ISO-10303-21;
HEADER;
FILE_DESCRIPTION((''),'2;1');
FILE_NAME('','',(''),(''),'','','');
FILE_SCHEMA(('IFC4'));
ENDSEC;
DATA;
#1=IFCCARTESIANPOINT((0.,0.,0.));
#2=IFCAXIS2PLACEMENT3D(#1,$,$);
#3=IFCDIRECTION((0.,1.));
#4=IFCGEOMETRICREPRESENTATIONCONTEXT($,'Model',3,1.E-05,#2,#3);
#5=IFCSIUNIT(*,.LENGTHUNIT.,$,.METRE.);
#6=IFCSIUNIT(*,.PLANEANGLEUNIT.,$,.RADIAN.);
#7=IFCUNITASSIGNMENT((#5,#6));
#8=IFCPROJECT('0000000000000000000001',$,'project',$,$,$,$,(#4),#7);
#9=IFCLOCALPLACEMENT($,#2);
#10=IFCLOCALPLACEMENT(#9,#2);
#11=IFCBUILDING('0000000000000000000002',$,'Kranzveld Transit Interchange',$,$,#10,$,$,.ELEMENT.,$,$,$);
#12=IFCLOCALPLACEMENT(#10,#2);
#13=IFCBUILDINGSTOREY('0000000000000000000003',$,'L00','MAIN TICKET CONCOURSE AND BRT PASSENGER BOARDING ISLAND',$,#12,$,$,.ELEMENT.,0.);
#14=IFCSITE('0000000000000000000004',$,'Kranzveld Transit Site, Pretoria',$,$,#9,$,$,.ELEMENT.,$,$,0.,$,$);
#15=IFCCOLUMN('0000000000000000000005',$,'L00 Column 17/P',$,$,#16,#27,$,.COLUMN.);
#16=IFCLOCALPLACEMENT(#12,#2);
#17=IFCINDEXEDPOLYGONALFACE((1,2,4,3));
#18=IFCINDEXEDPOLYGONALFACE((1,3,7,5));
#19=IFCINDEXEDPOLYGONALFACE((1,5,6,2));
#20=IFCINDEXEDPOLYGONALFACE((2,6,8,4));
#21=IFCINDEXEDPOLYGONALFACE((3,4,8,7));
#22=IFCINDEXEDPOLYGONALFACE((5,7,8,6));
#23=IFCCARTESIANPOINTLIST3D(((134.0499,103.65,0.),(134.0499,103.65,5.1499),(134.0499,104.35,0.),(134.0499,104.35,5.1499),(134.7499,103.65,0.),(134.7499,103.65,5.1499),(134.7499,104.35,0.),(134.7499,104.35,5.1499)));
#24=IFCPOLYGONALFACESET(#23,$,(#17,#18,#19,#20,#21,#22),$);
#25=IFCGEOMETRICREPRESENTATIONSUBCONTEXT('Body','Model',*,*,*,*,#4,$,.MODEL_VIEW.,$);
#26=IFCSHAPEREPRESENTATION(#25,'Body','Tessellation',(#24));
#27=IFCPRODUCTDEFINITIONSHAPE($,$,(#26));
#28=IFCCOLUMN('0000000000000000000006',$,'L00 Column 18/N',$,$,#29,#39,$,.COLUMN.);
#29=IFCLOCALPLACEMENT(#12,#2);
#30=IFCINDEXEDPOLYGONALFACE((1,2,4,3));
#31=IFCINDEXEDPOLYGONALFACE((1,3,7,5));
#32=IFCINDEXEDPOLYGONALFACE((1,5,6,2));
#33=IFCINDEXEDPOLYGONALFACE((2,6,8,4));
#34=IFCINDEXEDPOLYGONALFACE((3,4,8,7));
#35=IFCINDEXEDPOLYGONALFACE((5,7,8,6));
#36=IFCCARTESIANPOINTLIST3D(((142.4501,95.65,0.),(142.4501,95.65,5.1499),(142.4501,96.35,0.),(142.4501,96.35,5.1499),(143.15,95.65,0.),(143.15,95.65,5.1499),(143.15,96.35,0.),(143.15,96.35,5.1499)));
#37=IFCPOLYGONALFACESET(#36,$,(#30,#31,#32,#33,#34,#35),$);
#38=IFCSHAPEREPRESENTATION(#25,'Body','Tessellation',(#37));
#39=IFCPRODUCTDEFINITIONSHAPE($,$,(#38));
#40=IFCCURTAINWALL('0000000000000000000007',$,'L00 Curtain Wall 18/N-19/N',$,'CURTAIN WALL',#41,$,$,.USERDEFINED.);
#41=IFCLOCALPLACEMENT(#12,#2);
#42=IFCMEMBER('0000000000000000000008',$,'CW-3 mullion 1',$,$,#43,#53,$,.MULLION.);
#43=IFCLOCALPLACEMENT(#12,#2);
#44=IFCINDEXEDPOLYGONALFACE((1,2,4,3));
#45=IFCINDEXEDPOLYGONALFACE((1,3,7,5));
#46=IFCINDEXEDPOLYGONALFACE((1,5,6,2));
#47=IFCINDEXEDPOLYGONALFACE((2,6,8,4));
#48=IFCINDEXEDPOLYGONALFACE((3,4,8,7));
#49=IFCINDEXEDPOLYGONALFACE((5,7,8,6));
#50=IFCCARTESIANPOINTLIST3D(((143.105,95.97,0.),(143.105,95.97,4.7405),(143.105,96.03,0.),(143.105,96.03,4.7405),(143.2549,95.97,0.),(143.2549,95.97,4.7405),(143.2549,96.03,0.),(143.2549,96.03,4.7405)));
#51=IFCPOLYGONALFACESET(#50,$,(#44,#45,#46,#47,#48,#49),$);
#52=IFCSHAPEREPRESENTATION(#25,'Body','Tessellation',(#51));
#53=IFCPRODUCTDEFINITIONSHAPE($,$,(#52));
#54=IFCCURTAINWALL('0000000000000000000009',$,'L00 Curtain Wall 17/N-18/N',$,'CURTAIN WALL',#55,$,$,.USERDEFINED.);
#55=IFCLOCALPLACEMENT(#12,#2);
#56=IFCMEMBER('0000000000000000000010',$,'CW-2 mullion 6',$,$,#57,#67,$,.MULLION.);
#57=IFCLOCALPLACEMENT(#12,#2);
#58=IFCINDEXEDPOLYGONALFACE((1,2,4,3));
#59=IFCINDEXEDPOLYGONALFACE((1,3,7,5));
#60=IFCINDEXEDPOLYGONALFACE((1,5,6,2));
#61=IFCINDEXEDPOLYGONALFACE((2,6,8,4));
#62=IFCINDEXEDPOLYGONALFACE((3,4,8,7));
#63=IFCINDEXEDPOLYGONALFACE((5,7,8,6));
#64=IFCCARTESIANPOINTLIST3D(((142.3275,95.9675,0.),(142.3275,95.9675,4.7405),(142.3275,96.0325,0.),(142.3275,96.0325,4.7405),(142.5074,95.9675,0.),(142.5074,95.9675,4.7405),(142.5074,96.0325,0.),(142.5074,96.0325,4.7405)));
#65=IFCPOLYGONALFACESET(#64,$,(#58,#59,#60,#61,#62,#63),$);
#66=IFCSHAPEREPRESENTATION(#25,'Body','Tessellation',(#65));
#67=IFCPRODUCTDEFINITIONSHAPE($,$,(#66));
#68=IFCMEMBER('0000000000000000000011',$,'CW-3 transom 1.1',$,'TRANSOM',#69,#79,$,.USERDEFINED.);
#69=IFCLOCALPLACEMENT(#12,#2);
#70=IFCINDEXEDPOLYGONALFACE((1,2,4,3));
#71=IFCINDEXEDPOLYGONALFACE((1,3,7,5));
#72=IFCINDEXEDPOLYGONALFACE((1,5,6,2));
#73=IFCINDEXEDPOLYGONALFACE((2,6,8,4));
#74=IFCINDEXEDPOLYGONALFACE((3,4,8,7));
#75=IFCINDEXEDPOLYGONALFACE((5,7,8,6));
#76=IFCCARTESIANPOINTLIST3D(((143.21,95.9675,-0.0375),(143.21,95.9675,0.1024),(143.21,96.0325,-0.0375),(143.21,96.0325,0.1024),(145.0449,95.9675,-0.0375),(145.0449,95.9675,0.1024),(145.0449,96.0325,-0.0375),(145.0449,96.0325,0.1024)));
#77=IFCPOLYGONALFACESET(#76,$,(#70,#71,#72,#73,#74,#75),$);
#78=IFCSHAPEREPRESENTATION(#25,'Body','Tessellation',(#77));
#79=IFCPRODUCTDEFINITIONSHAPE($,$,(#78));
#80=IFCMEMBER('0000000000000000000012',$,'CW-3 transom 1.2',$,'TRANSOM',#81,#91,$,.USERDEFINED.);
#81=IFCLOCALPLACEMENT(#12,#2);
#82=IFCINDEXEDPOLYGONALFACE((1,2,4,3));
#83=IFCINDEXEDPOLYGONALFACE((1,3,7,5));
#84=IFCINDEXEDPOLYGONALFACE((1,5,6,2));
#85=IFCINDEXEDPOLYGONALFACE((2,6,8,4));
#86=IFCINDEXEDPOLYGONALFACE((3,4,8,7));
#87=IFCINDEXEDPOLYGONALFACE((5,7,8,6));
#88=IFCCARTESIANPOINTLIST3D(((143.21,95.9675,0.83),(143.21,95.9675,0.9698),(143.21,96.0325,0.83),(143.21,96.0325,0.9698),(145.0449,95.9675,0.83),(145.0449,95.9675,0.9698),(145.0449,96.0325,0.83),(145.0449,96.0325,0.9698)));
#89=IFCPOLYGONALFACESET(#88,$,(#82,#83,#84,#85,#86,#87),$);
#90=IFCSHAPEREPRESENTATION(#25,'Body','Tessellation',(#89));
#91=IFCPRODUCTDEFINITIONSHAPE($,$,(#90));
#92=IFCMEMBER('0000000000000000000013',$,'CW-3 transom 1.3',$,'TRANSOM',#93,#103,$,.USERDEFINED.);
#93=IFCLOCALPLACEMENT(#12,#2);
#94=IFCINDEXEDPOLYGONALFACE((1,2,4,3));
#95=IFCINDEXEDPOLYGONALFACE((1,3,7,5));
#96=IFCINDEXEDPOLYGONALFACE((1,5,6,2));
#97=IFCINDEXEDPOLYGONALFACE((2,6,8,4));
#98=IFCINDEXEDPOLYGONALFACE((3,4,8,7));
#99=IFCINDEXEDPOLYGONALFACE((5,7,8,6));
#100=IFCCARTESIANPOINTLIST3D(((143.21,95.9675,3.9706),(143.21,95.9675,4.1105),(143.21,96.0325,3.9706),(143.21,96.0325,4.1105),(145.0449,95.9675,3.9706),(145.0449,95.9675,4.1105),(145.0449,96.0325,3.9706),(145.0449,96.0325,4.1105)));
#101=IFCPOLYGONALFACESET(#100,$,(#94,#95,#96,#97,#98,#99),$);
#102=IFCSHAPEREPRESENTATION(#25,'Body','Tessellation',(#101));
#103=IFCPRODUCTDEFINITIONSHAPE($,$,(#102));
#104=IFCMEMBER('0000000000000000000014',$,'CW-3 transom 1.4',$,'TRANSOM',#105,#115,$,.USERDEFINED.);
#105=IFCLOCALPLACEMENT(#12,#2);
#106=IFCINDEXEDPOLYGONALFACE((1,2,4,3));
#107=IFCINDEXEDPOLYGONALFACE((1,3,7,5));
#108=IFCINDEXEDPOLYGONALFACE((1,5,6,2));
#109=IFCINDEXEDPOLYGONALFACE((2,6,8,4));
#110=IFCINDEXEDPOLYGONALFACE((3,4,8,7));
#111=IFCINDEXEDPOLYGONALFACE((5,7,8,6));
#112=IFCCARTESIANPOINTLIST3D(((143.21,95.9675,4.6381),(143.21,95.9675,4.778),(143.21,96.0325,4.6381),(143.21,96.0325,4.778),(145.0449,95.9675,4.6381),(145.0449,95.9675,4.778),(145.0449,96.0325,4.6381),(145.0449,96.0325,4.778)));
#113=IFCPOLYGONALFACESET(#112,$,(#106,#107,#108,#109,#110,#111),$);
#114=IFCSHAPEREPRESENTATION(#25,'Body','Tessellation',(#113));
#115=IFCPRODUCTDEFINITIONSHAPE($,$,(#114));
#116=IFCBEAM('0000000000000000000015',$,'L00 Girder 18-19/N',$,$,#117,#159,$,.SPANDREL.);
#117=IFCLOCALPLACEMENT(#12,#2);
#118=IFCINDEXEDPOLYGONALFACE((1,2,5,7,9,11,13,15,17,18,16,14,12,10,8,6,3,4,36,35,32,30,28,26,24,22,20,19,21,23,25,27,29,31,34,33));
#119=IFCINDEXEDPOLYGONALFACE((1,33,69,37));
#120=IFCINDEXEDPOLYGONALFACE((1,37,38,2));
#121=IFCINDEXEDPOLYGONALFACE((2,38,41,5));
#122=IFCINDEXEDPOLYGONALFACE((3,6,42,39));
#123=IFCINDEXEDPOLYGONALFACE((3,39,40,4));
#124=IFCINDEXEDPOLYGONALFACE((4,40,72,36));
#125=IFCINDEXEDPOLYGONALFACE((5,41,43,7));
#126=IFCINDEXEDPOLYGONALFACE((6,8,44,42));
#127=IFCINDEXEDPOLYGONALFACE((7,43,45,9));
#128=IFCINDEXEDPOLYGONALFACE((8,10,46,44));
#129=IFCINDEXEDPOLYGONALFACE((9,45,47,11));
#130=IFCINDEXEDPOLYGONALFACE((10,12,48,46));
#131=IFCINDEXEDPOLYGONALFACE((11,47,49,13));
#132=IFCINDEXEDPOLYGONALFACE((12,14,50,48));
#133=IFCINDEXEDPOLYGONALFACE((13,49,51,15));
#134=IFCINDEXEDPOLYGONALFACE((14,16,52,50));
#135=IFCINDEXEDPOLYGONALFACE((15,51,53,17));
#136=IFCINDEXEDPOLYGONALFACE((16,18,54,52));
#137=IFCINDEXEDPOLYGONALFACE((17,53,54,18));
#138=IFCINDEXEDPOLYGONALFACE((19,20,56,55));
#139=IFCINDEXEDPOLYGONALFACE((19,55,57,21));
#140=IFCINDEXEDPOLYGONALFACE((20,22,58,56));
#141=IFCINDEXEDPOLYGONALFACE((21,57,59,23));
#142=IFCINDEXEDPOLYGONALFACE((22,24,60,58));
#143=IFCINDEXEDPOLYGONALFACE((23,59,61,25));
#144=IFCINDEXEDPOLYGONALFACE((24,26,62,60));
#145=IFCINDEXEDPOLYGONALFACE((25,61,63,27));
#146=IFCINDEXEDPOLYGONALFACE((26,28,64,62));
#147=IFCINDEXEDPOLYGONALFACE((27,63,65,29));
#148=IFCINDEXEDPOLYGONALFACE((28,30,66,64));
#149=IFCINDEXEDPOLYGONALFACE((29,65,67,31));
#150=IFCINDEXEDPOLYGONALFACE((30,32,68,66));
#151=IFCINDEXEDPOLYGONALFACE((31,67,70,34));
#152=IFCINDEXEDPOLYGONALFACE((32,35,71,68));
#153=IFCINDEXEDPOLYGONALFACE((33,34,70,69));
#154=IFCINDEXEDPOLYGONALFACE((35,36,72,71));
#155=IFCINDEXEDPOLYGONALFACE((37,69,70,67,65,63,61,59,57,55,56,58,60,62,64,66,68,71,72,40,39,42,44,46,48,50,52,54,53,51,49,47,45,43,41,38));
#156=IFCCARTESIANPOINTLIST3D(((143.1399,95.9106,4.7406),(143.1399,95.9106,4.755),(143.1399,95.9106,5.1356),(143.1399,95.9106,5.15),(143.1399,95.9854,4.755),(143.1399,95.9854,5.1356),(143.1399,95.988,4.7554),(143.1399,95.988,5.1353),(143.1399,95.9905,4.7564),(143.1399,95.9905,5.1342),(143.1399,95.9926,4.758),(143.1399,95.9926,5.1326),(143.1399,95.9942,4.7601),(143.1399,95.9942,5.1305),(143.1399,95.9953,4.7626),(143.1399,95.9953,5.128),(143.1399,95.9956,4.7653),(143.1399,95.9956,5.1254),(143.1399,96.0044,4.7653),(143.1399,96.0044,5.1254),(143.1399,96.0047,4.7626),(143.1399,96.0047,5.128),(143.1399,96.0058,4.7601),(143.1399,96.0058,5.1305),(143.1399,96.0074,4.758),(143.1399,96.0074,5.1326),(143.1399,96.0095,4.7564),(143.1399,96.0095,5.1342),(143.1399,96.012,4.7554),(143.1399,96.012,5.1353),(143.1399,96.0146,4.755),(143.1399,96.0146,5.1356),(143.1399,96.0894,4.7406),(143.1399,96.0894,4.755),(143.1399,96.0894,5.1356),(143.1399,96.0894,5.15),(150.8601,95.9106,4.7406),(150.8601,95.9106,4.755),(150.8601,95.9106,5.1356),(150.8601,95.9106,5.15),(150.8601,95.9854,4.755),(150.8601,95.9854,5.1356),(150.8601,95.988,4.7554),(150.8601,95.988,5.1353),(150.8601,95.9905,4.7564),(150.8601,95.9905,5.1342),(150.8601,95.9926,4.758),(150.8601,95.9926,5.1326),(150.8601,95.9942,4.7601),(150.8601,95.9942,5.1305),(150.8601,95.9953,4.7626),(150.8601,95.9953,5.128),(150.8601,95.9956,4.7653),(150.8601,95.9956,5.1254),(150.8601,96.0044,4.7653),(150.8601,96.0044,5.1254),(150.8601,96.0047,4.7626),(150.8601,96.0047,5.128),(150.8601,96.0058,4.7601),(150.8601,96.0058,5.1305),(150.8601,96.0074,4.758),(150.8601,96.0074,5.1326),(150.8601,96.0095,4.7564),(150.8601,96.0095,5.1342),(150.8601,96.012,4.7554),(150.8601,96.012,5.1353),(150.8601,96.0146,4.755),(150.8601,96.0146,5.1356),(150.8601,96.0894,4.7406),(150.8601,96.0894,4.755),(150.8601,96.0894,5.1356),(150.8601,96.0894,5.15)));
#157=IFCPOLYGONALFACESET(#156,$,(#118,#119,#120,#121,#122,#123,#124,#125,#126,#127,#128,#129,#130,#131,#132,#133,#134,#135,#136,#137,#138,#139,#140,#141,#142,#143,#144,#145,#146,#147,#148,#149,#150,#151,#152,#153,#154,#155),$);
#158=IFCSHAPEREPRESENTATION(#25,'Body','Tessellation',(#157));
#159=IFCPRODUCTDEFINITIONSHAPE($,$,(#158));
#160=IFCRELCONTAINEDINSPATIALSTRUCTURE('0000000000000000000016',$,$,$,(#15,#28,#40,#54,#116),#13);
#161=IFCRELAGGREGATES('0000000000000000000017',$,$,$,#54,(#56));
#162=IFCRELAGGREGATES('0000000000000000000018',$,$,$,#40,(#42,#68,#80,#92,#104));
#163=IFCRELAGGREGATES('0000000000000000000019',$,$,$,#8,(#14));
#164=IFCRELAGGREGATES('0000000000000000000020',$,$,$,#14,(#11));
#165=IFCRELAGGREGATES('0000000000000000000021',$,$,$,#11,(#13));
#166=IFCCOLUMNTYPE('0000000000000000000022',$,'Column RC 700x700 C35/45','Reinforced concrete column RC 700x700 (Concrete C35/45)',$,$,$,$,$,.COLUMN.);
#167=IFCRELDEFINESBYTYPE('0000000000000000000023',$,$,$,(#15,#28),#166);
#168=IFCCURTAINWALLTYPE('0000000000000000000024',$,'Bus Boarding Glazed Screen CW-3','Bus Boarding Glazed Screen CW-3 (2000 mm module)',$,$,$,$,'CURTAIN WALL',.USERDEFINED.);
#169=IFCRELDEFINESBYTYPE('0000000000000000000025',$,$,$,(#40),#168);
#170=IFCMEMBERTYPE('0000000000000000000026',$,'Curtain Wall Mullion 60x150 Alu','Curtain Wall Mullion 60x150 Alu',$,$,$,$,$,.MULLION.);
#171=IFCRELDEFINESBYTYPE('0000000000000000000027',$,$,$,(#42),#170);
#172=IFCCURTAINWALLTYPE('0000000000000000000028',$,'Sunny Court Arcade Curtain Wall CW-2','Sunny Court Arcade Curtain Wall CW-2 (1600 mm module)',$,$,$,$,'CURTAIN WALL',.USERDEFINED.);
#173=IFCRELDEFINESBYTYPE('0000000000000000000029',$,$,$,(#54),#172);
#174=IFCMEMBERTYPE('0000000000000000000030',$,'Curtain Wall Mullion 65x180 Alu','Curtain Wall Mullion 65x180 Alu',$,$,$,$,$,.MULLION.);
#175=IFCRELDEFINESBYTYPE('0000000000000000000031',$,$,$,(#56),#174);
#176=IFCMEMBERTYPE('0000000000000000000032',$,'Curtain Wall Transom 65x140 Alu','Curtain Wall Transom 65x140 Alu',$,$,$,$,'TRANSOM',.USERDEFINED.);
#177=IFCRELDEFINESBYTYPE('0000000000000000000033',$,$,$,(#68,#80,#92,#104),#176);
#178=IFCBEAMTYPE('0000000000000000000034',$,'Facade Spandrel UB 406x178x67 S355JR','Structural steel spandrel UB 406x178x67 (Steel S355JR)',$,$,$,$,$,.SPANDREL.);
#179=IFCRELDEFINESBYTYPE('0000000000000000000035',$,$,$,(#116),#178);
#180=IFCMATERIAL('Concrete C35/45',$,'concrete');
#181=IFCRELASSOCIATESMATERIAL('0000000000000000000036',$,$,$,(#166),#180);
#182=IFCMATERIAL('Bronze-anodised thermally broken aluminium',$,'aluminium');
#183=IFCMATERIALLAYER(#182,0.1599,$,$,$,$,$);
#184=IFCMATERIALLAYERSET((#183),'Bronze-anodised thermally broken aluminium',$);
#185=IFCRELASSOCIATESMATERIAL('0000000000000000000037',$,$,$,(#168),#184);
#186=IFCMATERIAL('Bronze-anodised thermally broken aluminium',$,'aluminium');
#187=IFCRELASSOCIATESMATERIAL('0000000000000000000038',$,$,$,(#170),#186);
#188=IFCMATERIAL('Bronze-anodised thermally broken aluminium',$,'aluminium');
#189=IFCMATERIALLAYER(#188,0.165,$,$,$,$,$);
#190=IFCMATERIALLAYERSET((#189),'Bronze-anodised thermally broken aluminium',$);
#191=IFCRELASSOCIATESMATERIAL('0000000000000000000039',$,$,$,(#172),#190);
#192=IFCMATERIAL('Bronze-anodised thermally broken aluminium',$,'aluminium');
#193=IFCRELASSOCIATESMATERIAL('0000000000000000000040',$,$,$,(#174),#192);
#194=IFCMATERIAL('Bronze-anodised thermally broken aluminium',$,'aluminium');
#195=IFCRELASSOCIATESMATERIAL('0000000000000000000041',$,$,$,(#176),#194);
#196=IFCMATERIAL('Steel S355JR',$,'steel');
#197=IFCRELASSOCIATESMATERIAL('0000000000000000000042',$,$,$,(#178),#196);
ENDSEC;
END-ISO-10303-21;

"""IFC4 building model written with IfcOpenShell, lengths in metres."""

from ifc_helpers import new_model, si_unit, direction, frame, origin, origin_2d, place, context, subcontext, project, spatial, rectangle, i_section, extrude, material, layer, layer_set, material_profile, profile_set, type_object, element, aggregate, save


model = new_model("IFC4")

# Units and contexts
model_context = context("Model", 3, precision=1e-05, world=origin(), true_north=direction((0.0, 1.0)))
body_context = subcontext(model_context, "Body", "Model", "MODEL_VIEW")
ifc_project = project(units=[si_unit("LENGTHUNIT", "METRE"), si_unit("PLANEANGLEUNIT", "RADIAN")], contexts=[model_context])

# Site, building, storey
site_placement = place(None, origin())
site = spatial("IfcSite", under=ifc_project, at=site_placement, Name="Kranzveld Transit Site, Pretoria", CompositionType="ELEMENT", RefElevation=0.0)
building_placement = place(site_placement, origin())
building = spatial("IfcBuilding", under=site, at=building_placement, Name="Kranzveld Transit Interchange", CompositionType="ELEMENT")
storey_placement = place(building_placement, origin())
storey = spatial("IfcBuildingStorey", under=building, at=storey_placement, Name="L00", Description="MAIN TICKET CONCOURSE AND BRT PASSENGER BOARDING ISLAND", CompositionType="ELEMENT", Elevation=0.0)

# Columns
ifc_material_1 = material(Name="Concrete C35/45", Category="concrete")
ifc_material_profile_1 = material_profile(ifc_material_1, rectangle(XDim=0.7, YDim=0.7, at=origin_2d()), Name="RC 700x700")
ifc_profile_set_1 = profile_set([ifc_material_profile_1], Name="Concrete C35/45")
column_type = type_object("IfcColumnType", Name="Column RC 700x700 C35/45", Description="Reinforced concrete column RC 700x700 (Concrete C35/45)", PredefinedType="COLUMN", material=ifc_profile_set_1)
for number, where, z_axis, x_axis, name in (
    (1, (134.3999, 104.0, 0.0), (0.0, 0.0, 1.0), (1.0, 0.0, 0.0), "L00 Column 17/P"),
    (2, (142.8, 96.0, 0.0), (0.0, 0.0, 1.0), (1.0, 0.0, 0.0), "L00 Column 18/N"),
):
    element("IfcColumn", number, at=place(storey_placement, frame(where, z_axis=z_axis, x_axis=x_axis)), inside=storey, type_object=column_type, Name=name, PredefinedType="COLUMN", context=body_context, shape_type="SweptSolid", body=[
        extrude(rectangle(XDim=0.7, YDim=0.7, at=origin_2d()), origin(), (0.0, 0.0, 1.0), 5.1499),
    ])

# Curtain walls, members
ifc_material_2 = material(Name="Bronze-anodised thermally broken aluminium", Category="aluminium")
ifc_layer_1 = layer(ifc_material_2, 0.1599)
ifc_layer_set_1 = layer_set([ifc_layer_1], Name="Bronze-anodised thermally broken aluminium")
curtain_wall_type_1 = type_object("IfcCurtainWallType", Name="Bus Boarding Glazed Screen CW-3", Description="Bus Boarding Glazed Screen CW-3 (2000 mm module)", ElementType="CURTAIN WALL", PredefinedType="USERDEFINED", material=ifc_layer_set_1)
curtain_wall_1_placement = place(storey_placement, origin())
curtain_wall_1 = element("IfcCurtainWall", 3, at=curtain_wall_1_placement, inside=storey, type_object=curtain_wall_type_1, Name="L00 Curtain Wall 18/N-19/N", ObjectType="CURTAIN WALL", PredefinedType="USERDEFINED")
ifc_material_3 = material(Name="Bronze-anodised thermally broken aluminium", Category="aluminium")
ifc_material_profile_2 = material_profile(ifc_material_3, rectangle(XDim=0.0601, YDim=0.1499, at=origin_2d()), Name="ALU MULLION 60x150")
ifc_profile_set_2 = profile_set([ifc_material_profile_2], Name="Bronze-anodised thermally broken aluminium")
member_type_1 = type_object("IfcMemberType", Name="Curtain Wall Mullion 60x150 Alu", Description="Curtain Wall Mullion 60x150 Alu", PredefinedType="MULLION", material=ifc_profile_set_2)
member_1_placement = place(storey_placement, frame((143.1799, 96.0, 0.0), z_axis=(0.0, 0.0, 1.0), x_axis=(0.0, 1.0, 0.0)))
member_1 = element("IfcMember", 4, at=member_1_placement, type_object=member_type_1, Name="CW-3 mullion 1", PredefinedType="MULLION", context=body_context, shape_type="SweptSolid", body=[
    extrude(rectangle(XDim=0.0601, YDim=0.1499, at=origin_2d()), origin(), (0.0, 0.0, 1.0), 4.7405),
])
ifc_material_4 = material(Name="Bronze-anodised thermally broken aluminium", Category="aluminium")
ifc_layer_2 = layer(ifc_material_4, 0.165)
ifc_layer_set_2 = layer_set([ifc_layer_2], Name="Bronze-anodised thermally broken aluminium")
curtain_wall_type_2 = type_object("IfcCurtainWallType", Name="Sunny Court Arcade Curtain Wall CW-2", Description="Sunny Court Arcade Curtain Wall CW-2 (1600 mm module)", ElementType="CURTAIN WALL", PredefinedType="USERDEFINED", material=ifc_layer_set_2)
curtain_wall_2_placement = place(storey_placement, origin())
curtain_wall_2 = element("IfcCurtainWall", 5, at=curtain_wall_2_placement, inside=storey, type_object=curtain_wall_type_2, Name="L00 Curtain Wall 17/N-18/N", ObjectType="CURTAIN WALL", PredefinedType="USERDEFINED")
ifc_material_5 = material(Name="Bronze-anodised thermally broken aluminium", Category="aluminium")
ifc_material_profile_3 = material_profile(ifc_material_5, rectangle(XDim=0.0649, YDim=0.1799, at=origin_2d()), Name="ALU MULLION 65x180")
ifc_profile_set_3 = profile_set([ifc_material_profile_3], Name="Bronze-anodised thermally broken aluminium")
member_type_2 = type_object("IfcMemberType", Name="Curtain Wall Mullion 65x180 Alu", Description="Curtain Wall Mullion 65x180 Alu", PredefinedType="MULLION", material=ifc_profile_set_3)
member_2_placement = place(storey_placement, frame((142.4175, 96.0, 0.0), z_axis=(0.0, 0.0, 1.0), x_axis=(0.0, 1.0, 0.0)))
member_2 = element("IfcMember", 6, at=member_2_placement, type_object=member_type_2, Name="CW-2 mullion 6", PredefinedType="MULLION", context=body_context, shape_type="SweptSolid", body=[
    extrude(rectangle(XDim=0.0649, YDim=0.1799, at=origin_2d()), origin(), (0.0, 0.0, 1.0), 4.7405),
])

# Members
ifc_material_6 = material(Name="Bronze-anodised thermally broken aluminium", Category="aluminium")
ifc_material_profile_4 = material_profile(ifc_material_6, rectangle(XDim=0.0649, YDim=0.1399, at=origin_2d()), Name="ALU TRANSOM 65x140")
ifc_profile_set_4 = profile_set([ifc_material_profile_4], Name="Bronze-anodised thermally broken aluminium")
member_type_3 = type_object("IfcMemberType", Name="Curtain Wall Transom 65x140 Alu", Description="Curtain Wall Transom 65x140 Alu", ElementType="TRANSOM", PredefinedType="USERDEFINED", material=ifc_profile_set_4)
member_3_placement = place(storey_placement, frame((143.21, 96.0, 0.0325), z_axis=(1.0, 0.0, 0.0), x_axis=(0.0, 1.0, 0.0)))
member_3 = element("IfcMember", 7, at=member_3_placement, type_object=member_type_3, Name="CW-3 transom 1.1", ObjectType="TRANSOM", PredefinedType="USERDEFINED", context=body_context, shape_type="SweptSolid", body=[
    extrude(rectangle(XDim=0.0649, YDim=0.1399, at=origin_2d()), origin(), (0.0, 0.0, 1.0), 1.835),
])
member_4_placement = place(storey_placement, frame((143.21, 96.0, 0.8999), z_axis=(1.0, 0.0, 0.0), x_axis=(0.0, 1.0, 0.0)))
member_4 = element("IfcMember", 8, at=member_4_placement, type_object=member_type_3, Name="CW-3 transom 1.2", ObjectType="TRANSOM", PredefinedType="USERDEFINED", context=body_context, shape_type="SweptSolid", body=[
    extrude(rectangle(XDim=0.0649, YDim=0.1399, at=origin_2d()), origin(), (0.0, 0.0, 1.0), 1.835),
])
member_5_placement = place(storey_placement, frame((143.21, 96.0, 4.0405), z_axis=(1.0, 0.0, 0.0), x_axis=(0.0, 1.0, 0.0)))
member_5 = element("IfcMember", 9, at=member_5_placement, type_object=member_type_3, Name="CW-3 transom 1.3", ObjectType="TRANSOM", PredefinedType="USERDEFINED", context=body_context, shape_type="SweptSolid", body=[
    extrude(rectangle(XDim=0.0649, YDim=0.1399, at=origin_2d()), origin(), (0.0, 0.0, 1.0), 1.835),
])
member_6_placement = place(storey_placement, frame((143.21, 96.0, 4.708), z_axis=(1.0, 0.0, 0.0), x_axis=(0.0, 1.0, 0.0)))
member_6 = element("IfcMember", 10, at=member_6_placement, type_object=member_type_3, Name="CW-3 transom 1.4", ObjectType="TRANSOM", PredefinedType="USERDEFINED", context=body_context, shape_type="SweptSolid", body=[
    extrude(rectangle(XDim=0.0649, YDim=0.1399, at=origin_2d()), origin(), (0.0, 0.0, 1.0), 1.835),
])

# Beam
ifc_material_7 = material(Name="Steel S355JR", Category="steel")
ifc_material_profile_5 = material_profile(ifc_material_7, i_section(OverallWidth=0.1787, OverallDepth=0.4094, WebThickness=0.0088, FlangeThickness=0.0144, FilletRadius=0.0103, at=origin_2d()), Name="UB 406x178x67")
ifc_profile_set_5 = profile_set([ifc_material_profile_5], Name="Steel S355JR")
beam_type_1 = type_object("IfcBeamType", Name="Facade Spandrel UB 406x178x67 S355JR", Description="Structural steel spandrel UB 406x178x67 (Steel S355JR)", PredefinedType="SPANDREL", material=ifc_profile_set_5)
beam_1_placement = place(storey_placement, frame((143.1399, 96.0, 4.9453), z_axis=(1.0, 0.0, 0.0), x_axis=(0.0, 1.0, 0.0)))
element("IfcBeam", 11, at=beam_1_placement, inside=storey, type_object=beam_type_1, Name="L00 Girder 18-19/N", PredefinedType="SPANDREL", context=body_context, shape_type="SweptSolid", body=[
    extrude(i_section(OverallWidth=0.1787, OverallDepth=0.4094, WebThickness=0.0088, FlangeThickness=0.0144, FilletRadius=0.0103, at=origin_2d()), origin(), (0.0, 0.0, 1.0), 7.7202),
])

aggregate(curtain_wall_2, [member_2])
aggregate(curtain_wall_1, [member_1, member_3, member_4, member_5, member_6])

save(model, "model.ifc")
